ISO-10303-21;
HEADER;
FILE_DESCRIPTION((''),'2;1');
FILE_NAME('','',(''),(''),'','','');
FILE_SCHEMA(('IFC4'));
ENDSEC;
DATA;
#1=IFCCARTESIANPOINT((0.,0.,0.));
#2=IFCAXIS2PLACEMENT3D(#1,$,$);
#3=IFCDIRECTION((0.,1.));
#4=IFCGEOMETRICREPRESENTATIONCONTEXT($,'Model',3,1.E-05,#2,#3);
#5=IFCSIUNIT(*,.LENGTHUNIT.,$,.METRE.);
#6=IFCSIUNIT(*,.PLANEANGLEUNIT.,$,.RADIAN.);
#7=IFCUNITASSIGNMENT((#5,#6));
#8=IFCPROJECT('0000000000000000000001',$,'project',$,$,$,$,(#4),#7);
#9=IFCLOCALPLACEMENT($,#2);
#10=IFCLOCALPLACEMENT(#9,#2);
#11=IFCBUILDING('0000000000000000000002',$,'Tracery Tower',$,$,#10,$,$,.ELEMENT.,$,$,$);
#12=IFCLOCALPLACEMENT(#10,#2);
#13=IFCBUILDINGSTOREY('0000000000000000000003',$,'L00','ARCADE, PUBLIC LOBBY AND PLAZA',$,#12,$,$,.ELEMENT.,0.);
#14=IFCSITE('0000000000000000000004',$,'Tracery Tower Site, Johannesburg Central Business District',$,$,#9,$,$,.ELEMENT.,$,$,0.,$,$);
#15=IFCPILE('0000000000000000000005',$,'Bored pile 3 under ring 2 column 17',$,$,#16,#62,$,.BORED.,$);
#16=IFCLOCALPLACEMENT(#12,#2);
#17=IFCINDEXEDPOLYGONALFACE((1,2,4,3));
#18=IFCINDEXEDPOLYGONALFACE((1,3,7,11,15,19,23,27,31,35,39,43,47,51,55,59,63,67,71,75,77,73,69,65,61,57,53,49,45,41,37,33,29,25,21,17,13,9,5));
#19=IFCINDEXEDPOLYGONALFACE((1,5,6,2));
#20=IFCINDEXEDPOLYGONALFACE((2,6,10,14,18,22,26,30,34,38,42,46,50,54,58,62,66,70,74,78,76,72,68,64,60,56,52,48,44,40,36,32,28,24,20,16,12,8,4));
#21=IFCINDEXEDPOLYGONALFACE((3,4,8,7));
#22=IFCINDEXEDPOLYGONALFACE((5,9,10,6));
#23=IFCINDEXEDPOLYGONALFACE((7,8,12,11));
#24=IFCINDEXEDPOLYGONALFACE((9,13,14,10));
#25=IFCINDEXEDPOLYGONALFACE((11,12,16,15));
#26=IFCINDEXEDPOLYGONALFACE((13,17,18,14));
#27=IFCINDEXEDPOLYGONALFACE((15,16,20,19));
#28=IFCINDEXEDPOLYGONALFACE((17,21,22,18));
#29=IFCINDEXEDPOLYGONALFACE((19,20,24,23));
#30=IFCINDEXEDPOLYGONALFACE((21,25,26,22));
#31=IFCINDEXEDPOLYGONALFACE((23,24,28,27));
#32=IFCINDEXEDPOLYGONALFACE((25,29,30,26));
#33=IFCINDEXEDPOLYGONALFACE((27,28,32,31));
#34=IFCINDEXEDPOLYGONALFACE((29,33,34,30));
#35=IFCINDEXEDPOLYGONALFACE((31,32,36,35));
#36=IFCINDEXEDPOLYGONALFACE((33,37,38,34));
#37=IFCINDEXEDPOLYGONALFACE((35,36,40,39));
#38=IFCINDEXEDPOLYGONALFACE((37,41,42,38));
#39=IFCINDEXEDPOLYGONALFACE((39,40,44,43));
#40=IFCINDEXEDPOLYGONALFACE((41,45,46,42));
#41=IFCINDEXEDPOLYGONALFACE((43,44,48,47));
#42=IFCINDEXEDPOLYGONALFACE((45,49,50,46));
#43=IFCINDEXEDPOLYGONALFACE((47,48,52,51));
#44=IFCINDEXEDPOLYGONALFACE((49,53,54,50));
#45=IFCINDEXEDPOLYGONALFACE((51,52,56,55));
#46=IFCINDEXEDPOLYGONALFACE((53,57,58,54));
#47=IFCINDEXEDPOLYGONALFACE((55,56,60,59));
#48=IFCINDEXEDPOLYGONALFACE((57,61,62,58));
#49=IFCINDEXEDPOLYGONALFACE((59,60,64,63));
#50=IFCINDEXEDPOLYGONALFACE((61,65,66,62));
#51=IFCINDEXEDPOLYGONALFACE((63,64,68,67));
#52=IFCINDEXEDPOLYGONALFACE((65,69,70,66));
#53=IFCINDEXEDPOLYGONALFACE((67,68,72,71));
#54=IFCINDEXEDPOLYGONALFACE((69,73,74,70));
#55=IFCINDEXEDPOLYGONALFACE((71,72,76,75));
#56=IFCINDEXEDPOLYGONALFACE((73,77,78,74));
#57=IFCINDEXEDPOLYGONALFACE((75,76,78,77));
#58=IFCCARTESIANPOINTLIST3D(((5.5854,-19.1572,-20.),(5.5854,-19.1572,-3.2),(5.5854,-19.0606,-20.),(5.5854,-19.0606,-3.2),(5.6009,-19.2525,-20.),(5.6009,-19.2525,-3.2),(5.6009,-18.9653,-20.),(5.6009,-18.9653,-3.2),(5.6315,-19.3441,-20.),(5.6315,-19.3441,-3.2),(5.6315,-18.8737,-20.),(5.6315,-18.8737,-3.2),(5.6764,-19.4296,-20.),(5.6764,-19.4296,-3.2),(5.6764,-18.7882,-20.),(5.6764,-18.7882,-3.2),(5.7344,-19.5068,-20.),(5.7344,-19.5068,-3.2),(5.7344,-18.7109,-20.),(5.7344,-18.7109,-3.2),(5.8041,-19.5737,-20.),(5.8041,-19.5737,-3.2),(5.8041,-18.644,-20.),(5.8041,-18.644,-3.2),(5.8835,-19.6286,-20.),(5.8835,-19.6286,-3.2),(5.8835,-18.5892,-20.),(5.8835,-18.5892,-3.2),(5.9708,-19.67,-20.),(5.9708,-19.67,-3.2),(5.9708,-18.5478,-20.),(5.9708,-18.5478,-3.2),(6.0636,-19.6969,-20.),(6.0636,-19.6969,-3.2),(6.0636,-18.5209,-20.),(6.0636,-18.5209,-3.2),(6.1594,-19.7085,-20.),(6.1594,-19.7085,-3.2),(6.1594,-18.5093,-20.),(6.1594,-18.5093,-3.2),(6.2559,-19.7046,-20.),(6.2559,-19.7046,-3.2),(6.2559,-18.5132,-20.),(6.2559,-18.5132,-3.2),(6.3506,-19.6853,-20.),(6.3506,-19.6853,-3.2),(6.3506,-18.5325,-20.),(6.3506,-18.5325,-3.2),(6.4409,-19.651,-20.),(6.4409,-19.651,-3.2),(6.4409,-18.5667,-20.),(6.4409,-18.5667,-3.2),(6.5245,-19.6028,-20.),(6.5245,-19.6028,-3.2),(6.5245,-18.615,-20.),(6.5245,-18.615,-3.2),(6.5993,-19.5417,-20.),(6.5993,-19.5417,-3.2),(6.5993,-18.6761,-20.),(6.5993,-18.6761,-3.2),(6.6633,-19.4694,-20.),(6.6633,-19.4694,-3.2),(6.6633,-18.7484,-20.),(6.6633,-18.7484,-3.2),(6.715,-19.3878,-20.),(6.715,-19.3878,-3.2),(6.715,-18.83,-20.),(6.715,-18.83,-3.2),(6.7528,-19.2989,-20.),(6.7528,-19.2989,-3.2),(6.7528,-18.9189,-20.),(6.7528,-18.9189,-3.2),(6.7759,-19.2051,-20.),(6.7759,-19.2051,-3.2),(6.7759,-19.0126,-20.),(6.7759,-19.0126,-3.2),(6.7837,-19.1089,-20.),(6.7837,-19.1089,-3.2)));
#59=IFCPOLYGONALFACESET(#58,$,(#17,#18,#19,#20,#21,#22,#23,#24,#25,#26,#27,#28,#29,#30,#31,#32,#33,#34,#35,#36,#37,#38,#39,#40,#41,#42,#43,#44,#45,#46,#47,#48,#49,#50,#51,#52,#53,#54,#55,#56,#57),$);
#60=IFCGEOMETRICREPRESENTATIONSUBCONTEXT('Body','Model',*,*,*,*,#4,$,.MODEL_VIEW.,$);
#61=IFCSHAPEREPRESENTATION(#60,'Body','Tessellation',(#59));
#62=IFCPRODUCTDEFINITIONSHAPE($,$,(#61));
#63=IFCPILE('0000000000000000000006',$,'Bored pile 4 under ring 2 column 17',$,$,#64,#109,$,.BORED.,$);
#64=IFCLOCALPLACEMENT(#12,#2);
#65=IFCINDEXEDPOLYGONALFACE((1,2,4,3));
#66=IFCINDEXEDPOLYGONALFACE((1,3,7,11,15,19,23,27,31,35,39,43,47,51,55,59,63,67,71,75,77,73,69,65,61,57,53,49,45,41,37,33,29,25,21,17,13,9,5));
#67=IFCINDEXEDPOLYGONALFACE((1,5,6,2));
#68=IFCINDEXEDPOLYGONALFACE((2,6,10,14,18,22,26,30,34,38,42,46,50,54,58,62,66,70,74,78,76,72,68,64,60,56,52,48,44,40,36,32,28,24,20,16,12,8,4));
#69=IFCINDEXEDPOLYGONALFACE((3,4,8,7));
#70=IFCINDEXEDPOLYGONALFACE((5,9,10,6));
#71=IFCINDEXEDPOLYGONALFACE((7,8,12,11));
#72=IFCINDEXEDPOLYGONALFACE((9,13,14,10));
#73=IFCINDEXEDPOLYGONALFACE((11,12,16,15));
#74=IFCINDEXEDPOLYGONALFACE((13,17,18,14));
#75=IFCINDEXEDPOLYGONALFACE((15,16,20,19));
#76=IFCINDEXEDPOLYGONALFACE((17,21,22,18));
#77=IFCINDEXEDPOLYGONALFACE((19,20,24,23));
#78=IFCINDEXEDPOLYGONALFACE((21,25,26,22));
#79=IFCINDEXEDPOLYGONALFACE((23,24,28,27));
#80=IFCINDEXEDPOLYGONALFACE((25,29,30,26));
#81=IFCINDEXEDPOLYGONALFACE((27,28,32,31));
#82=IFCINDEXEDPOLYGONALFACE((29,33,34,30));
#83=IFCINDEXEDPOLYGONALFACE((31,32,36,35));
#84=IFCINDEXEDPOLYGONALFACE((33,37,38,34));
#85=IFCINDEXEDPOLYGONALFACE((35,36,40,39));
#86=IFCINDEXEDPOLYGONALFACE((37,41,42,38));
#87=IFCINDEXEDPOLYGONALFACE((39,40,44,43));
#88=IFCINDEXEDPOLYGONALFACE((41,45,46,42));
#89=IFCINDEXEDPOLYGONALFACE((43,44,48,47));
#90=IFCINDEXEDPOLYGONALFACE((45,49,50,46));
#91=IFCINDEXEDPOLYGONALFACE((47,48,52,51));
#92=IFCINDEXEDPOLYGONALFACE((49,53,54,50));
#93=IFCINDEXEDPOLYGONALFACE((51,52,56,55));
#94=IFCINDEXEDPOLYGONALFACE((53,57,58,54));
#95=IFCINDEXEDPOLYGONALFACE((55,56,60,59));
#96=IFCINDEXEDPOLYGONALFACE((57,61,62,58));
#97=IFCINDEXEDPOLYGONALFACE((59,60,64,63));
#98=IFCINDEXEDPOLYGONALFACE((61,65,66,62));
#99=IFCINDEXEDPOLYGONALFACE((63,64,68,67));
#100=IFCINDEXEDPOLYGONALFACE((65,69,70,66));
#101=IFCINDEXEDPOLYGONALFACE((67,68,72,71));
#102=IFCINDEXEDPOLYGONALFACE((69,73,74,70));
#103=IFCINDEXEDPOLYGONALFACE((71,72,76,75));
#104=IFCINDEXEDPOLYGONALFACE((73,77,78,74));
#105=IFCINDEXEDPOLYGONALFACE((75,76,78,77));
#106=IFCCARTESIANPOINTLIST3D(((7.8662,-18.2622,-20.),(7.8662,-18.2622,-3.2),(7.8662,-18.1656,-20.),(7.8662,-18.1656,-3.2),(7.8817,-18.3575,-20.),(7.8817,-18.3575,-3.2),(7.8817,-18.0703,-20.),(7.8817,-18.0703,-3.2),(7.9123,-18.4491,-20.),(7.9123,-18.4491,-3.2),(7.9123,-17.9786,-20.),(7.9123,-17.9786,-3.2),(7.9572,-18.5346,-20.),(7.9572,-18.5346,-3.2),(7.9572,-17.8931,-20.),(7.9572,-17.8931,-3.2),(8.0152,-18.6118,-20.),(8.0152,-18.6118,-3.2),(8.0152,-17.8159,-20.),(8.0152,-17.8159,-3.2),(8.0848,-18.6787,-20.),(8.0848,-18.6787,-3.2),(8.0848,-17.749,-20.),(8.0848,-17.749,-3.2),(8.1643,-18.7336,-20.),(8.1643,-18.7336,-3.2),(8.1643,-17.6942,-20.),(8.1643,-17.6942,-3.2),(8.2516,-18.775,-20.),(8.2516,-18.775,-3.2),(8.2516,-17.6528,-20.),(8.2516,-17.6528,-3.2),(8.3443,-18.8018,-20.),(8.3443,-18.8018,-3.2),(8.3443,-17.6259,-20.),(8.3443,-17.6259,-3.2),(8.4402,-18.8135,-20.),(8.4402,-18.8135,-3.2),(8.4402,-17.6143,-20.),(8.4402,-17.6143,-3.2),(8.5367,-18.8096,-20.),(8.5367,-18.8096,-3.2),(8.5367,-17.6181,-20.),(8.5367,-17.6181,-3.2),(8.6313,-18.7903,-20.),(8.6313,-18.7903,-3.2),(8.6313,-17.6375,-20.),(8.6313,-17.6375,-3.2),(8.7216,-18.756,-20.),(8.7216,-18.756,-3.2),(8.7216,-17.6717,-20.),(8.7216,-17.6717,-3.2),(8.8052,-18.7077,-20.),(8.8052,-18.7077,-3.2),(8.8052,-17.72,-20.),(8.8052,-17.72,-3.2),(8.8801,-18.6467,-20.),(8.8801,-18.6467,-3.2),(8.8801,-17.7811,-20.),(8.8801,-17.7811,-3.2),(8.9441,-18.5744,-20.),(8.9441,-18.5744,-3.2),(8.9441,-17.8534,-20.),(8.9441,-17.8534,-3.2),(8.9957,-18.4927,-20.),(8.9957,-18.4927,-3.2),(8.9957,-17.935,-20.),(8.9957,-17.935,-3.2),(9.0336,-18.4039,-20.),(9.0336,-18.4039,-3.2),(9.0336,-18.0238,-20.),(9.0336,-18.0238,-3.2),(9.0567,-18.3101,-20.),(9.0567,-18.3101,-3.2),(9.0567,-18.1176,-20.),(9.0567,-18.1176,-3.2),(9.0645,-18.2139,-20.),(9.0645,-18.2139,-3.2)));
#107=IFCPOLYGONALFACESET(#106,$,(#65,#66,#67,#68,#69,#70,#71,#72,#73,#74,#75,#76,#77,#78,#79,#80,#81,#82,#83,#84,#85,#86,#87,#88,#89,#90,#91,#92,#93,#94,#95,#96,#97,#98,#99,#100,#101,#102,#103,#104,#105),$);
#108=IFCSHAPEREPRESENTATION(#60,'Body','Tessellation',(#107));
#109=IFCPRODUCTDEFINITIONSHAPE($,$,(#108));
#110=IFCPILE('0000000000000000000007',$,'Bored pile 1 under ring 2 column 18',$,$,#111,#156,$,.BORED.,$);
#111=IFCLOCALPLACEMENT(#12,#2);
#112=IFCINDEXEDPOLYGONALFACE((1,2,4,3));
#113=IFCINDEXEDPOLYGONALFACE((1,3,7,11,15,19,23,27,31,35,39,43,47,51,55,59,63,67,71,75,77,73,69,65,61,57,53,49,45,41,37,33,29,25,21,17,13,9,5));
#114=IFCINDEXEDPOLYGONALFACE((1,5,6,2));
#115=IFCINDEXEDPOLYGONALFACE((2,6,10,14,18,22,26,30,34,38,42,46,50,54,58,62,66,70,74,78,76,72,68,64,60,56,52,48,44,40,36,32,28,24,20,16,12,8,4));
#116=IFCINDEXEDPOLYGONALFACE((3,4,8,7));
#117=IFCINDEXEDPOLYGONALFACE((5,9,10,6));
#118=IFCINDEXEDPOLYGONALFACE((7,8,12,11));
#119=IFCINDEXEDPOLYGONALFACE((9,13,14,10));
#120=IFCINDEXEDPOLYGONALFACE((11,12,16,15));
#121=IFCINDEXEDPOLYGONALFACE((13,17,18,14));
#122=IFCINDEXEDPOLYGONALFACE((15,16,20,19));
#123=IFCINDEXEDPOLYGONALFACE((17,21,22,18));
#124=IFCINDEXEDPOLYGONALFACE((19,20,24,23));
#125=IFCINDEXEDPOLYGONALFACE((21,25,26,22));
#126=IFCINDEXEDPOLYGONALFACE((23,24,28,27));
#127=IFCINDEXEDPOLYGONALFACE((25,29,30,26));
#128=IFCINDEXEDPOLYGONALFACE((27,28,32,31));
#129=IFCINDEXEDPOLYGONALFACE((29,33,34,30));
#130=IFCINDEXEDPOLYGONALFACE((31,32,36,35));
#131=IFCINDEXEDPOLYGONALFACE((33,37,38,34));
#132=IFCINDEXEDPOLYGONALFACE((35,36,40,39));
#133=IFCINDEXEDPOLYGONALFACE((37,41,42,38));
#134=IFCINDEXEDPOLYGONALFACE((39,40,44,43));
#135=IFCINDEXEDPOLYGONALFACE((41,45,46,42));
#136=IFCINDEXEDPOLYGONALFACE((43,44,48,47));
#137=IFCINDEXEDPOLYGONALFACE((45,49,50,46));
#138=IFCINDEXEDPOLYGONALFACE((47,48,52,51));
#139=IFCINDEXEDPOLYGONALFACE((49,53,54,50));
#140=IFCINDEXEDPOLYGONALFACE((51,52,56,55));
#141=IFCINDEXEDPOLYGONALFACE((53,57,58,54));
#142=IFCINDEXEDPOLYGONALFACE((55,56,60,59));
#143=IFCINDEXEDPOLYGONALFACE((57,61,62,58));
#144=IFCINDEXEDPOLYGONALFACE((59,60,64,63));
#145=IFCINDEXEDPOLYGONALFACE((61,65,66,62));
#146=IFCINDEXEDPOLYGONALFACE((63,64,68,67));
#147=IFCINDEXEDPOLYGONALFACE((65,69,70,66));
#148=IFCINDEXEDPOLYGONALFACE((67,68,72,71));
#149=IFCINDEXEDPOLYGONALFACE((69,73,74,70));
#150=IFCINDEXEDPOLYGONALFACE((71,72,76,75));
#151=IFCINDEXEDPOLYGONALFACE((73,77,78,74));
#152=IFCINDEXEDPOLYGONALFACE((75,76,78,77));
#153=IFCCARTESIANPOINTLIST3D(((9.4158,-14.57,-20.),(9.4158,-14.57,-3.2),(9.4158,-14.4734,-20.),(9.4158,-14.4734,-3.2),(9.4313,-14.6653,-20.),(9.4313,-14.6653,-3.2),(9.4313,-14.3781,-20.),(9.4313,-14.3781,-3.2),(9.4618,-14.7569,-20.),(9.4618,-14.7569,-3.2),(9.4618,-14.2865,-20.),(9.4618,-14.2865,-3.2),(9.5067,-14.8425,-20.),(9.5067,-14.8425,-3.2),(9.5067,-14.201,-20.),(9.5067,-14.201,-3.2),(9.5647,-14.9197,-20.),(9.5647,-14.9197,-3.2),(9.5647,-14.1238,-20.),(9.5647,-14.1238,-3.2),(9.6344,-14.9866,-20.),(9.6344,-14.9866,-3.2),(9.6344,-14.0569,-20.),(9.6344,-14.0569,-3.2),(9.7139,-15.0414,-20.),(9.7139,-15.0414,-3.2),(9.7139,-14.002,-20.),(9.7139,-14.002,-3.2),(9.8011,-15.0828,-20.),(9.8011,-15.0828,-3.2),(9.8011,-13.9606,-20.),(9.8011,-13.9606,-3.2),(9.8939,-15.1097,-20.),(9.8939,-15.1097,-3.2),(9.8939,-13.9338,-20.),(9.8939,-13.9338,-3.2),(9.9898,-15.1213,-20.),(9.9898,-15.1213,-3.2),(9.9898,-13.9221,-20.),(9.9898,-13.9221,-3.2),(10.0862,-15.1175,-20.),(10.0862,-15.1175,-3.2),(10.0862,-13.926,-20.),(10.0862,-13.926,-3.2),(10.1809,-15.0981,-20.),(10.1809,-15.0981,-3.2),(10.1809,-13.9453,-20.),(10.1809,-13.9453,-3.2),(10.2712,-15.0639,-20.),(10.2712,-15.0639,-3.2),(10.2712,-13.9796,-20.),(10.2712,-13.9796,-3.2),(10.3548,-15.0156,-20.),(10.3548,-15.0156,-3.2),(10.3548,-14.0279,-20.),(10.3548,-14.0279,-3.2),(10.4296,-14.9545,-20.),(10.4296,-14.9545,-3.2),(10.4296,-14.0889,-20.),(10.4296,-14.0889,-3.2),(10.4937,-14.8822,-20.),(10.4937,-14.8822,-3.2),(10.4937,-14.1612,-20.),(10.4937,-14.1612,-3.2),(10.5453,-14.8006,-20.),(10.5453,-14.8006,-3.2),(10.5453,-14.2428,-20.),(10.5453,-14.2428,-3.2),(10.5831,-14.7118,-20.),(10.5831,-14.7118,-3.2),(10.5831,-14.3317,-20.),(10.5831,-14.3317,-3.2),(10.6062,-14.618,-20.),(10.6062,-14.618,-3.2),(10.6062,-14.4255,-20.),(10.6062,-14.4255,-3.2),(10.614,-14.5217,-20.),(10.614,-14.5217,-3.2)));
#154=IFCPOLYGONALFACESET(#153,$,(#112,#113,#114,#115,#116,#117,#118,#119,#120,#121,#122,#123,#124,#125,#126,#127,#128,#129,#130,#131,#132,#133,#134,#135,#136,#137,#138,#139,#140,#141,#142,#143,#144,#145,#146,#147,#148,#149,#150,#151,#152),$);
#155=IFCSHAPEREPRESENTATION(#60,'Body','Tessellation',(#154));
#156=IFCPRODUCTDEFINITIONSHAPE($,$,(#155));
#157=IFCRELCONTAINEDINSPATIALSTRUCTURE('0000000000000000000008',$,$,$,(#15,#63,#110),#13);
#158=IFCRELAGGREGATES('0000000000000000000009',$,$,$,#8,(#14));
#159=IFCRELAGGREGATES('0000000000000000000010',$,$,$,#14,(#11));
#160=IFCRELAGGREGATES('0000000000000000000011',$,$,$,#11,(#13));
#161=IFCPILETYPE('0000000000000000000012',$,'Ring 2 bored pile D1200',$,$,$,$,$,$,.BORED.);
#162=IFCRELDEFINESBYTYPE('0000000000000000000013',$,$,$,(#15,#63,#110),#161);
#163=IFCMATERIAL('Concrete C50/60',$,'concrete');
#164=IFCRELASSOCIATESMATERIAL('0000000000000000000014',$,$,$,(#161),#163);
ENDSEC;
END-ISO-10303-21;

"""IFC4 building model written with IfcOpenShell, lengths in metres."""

from ifc_helpers import new_model, si_unit, direction, frame, origin, origin_2d, place, context, subcontext, project, spatial, circle, extrude, material, material_profile, profile_set, type_object, element, save


model = new_model("IFC4")

# Units and contexts
model_context = context("Model", 3, precision=1e-05, world=origin(), true_north=direction((0.0, 1.0)))
body_context = subcontext(model_context, "Body", "Model", "MODEL_VIEW")
ifc_project = project(units=[si_unit("LENGTHUNIT", "METRE"), si_unit("PLANEANGLEUNIT", "RADIAN")], contexts=[model_context])

# Site, building, storey
site_placement = place(None, origin())
site = spatial("IfcSite", under=ifc_project, at=site_placement, Name="Tracery Tower Site, Johannesburg Central Business District", CompositionType="ELEMENT", RefElevation=0.0)
building_placement = place(site_placement, origin())
building = spatial("IfcBuilding", under=site, at=building_placement, Name="Tracery Tower", CompositionType="ELEMENT")
storey_placement = place(building_placement, origin())
storey = spatial("IfcBuildingStorey", under=building, at=storey_placement, Name="L00", Description="ARCADE, PUBLIC LOBBY AND PLAZA", CompositionType="ELEMENT", Elevation=0.0)

# Piles
ifc_material_1 = material(Name="Concrete C50/60", Category="concrete")
ifc_material_profile_1 = material_profile(ifc_material_1, circle(Radius=0.6001, at=origin_2d()), Name="RC D1200")
ifc_profile_set_1 = profile_set([ifc_material_profile_1], Name="Concrete C50/60")
pile_type = type_object("IfcPileType", Name="Ring 2 bored pile D1200", PredefinedType="BORED", material=ifc_profile_set_1)
for number, where, z_axis, x_axis, name in (
    (1, (6.1836, -19.1089, -3.2), (0.0, 0.0, -1.0), (1.0, 0.0, 0.0), "Bored pile 3 under ring 2 column 17"),
    (2, (8.4644, -18.2139, -3.2), (0.0, 0.0, -1.0), (1.0, 0.0, 0.0), "Bored pile 4 under ring 2 column 17"),
    (3, (10.0139, -14.5217, -3.2), (0.0, 0.0, -1.0), (1.0, 0.0, 0.0), "Bored pile 1 under ring 2 column 18"),
):
    element("IfcPile", number, at=place(storey_placement, frame(where, z_axis=z_axis, x_axis=x_axis)), inside=storey, type_object=pile_type, Name=name, PredefinedType="BORED", context=body_context, shape_type="SweptSolid", body=[
        extrude(circle(Radius=0.6001, at=origin_2d()), origin(), (0.0, 0.0, 1.0), 16.8),
    ])

save(model, "model.ifc")
